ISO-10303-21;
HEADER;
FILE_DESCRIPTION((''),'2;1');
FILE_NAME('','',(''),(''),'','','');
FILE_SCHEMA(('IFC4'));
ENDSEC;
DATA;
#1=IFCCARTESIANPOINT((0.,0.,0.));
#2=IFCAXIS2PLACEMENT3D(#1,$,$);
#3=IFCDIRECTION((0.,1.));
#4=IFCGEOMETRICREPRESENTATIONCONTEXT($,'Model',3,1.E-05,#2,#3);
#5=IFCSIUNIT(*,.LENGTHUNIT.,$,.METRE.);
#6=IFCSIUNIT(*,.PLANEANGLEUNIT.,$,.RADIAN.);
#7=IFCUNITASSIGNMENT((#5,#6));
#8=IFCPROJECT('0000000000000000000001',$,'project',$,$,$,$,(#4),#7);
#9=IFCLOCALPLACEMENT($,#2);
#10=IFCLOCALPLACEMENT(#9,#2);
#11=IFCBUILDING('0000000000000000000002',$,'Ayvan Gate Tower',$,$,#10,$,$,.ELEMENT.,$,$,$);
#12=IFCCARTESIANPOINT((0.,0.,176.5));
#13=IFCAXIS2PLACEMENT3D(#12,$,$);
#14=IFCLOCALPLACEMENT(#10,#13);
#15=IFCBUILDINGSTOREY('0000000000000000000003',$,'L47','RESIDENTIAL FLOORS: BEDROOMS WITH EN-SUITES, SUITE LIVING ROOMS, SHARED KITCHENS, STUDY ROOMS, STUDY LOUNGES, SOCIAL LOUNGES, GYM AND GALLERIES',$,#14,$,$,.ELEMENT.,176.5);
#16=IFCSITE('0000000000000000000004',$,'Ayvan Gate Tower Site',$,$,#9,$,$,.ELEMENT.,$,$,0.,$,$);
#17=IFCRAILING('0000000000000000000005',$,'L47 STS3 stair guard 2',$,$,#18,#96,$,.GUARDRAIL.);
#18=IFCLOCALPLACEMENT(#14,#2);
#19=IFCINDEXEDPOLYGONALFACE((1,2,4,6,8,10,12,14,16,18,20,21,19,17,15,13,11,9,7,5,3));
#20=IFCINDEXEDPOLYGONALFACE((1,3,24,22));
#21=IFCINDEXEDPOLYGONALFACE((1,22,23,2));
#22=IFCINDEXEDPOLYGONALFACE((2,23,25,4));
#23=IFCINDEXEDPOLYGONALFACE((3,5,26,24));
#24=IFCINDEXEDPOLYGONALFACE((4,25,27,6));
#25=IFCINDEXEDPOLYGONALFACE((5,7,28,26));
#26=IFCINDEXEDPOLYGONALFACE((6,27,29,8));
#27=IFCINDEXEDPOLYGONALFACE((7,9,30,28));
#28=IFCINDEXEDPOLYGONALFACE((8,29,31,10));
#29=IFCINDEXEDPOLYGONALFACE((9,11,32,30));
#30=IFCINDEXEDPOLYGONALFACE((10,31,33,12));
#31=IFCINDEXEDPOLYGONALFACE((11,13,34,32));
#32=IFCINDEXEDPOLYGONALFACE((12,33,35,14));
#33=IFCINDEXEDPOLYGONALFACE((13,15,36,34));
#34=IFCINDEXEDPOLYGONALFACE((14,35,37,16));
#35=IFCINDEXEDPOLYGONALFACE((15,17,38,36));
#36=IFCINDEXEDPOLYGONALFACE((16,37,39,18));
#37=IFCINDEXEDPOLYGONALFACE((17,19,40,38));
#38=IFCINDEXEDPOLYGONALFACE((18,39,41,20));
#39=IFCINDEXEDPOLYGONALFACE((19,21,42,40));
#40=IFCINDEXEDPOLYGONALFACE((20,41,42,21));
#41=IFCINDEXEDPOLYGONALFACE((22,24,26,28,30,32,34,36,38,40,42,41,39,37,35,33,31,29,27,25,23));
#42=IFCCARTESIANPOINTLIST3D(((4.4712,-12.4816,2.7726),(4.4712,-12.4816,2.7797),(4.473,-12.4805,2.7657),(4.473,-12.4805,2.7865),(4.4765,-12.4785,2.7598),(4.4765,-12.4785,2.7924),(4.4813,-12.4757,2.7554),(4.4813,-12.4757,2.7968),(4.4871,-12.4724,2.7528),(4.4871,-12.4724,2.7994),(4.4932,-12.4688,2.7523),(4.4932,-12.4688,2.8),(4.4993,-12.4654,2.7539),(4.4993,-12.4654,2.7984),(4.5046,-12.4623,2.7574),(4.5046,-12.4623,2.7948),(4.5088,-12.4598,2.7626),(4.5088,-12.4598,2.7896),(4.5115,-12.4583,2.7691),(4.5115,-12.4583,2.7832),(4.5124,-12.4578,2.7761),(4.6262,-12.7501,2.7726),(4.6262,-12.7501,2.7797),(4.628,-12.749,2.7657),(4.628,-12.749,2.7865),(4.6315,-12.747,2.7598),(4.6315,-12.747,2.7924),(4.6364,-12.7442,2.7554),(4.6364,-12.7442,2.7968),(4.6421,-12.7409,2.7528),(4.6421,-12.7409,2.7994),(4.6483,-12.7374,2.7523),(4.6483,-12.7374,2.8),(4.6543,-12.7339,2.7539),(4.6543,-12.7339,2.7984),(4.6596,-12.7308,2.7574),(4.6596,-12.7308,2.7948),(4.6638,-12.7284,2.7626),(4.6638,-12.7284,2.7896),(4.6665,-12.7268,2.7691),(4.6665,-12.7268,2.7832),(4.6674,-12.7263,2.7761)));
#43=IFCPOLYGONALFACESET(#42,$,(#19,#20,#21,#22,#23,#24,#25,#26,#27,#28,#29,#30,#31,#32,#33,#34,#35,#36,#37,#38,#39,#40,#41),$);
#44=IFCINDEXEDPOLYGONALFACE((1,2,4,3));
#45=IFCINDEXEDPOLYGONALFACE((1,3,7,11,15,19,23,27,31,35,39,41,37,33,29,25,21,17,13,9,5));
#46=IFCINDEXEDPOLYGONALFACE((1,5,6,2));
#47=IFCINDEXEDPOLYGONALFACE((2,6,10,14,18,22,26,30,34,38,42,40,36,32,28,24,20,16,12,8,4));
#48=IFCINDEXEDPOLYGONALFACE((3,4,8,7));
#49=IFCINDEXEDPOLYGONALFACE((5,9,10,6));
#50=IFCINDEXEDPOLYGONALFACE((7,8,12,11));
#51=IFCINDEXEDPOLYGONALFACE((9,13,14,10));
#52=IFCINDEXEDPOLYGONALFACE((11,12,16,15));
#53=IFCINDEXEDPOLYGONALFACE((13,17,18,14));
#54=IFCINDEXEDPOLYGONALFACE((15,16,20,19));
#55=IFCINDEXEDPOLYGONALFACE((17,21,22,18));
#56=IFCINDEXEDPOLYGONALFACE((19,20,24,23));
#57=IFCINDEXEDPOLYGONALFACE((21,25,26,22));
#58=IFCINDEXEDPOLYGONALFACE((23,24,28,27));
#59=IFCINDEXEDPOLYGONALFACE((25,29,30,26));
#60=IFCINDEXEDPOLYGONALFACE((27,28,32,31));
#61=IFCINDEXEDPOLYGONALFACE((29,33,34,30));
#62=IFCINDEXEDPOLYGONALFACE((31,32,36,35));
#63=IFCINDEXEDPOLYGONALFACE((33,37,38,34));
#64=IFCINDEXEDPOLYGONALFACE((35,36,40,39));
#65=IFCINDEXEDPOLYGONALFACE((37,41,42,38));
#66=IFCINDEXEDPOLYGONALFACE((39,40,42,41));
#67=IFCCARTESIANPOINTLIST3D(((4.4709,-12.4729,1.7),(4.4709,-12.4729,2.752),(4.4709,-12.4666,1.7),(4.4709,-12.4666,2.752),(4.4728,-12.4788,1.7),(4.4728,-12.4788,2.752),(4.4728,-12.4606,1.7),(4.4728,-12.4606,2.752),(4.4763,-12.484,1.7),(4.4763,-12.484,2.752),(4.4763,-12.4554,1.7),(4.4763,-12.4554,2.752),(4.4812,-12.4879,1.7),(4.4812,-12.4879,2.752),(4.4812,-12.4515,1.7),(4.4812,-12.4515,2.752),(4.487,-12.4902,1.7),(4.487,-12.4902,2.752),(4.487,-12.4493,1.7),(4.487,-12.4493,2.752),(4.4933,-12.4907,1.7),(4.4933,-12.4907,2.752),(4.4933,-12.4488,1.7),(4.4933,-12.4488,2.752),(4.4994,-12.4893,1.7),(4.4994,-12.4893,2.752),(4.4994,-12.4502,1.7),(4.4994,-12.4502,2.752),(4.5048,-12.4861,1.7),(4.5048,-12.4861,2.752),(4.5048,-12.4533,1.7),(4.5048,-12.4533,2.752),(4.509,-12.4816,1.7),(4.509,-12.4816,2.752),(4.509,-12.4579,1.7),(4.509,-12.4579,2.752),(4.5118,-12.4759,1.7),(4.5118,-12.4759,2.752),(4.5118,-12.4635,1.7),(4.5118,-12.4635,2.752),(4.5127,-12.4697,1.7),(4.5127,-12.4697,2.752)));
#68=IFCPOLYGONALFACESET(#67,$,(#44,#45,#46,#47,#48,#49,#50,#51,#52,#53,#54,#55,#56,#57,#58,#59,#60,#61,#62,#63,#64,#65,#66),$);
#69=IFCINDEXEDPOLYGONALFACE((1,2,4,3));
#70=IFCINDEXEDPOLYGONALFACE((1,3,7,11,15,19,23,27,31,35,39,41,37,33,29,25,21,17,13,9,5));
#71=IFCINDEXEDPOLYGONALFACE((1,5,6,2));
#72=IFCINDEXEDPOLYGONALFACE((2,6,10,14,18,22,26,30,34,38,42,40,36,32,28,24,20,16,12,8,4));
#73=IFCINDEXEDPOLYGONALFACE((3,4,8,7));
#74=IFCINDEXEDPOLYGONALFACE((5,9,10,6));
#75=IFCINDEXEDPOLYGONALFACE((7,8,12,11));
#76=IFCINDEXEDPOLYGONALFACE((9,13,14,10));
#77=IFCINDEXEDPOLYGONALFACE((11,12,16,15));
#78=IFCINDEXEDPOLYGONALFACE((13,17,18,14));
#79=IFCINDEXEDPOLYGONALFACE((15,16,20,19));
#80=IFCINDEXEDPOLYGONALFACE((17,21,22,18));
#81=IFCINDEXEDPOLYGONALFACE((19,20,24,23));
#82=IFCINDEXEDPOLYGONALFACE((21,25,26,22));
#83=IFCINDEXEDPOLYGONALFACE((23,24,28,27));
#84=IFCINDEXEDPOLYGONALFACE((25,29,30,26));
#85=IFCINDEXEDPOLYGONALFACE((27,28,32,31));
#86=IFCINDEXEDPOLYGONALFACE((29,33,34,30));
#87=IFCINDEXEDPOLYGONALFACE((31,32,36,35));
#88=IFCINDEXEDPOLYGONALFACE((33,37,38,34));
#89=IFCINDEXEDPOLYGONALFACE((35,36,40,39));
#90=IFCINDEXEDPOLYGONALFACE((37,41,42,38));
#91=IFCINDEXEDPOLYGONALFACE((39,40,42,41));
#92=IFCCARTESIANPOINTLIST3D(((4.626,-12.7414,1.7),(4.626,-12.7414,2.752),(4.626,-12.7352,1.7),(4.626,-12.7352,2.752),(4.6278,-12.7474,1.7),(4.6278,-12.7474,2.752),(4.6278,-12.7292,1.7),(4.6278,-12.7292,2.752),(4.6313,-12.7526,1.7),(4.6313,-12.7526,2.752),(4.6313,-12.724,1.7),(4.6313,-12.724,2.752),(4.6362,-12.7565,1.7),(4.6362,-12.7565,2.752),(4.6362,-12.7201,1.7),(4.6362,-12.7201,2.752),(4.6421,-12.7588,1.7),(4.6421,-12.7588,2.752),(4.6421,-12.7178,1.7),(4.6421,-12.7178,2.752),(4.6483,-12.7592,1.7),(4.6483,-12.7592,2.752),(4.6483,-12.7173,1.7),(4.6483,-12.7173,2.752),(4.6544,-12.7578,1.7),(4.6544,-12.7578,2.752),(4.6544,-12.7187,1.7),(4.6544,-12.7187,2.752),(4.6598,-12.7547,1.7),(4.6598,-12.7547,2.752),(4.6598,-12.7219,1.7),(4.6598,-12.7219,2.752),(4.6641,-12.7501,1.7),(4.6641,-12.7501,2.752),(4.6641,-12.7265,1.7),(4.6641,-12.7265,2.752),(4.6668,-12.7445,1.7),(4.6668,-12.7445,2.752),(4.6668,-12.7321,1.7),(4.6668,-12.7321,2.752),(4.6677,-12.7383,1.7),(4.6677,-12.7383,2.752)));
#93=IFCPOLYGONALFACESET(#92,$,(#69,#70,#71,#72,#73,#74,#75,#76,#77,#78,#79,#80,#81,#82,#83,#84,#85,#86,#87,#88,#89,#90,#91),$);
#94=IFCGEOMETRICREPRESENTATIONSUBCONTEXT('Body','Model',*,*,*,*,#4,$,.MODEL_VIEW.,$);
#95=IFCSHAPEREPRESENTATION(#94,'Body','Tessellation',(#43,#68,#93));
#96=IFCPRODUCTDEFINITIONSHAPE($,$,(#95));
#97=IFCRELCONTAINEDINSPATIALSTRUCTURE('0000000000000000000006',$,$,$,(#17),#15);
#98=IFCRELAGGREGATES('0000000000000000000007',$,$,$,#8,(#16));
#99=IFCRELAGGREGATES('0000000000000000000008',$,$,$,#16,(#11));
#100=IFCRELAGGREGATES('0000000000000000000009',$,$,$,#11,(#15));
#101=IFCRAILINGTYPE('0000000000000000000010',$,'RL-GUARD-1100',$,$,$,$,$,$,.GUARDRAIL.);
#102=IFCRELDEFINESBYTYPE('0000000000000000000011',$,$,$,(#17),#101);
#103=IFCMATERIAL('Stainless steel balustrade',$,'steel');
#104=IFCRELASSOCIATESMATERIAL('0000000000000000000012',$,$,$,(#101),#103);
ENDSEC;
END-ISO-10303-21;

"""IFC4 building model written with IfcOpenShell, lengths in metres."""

from ifc_helpers import new_model, si_unit, direction, frame, origin, origin_2d, place, context, subcontext, project, spatial, circle, extrude, material, type_object, element, save


model = new_model("IFC4")

# Units and contexts
model_context = context("Model", 3, precision=1e-05, world=origin(), true_north=direction((0.0, 1.0)))
body_context = subcontext(model_context, "Body", "Model", "MODEL_VIEW")
ifc_project = project(units=[si_unit("LENGTHUNIT", "METRE"), si_unit("PLANEANGLEUNIT", "RADIAN")], contexts=[model_context])

# Site, building, storey
site_placement = place(None, origin())
site = spatial("IfcSite", under=ifc_project, at=site_placement, Name="Ayvan Gate Tower Site", CompositionType="ELEMENT", RefElevation=0.0)
building_placement = place(site_placement, origin())
building = spatial("IfcBuilding", under=site, at=building_placement, Name="Ayvan Gate Tower", CompositionType="ELEMENT")
storey_placement = place(building_placement, frame((0.0, 0.0, 176.5)))
storey = spatial("IfcBuildingStorey", under=building, at=storey_placement, Name="L47", Description="RESIDENTIAL FLOORS: BEDROOMS WITH EN-SUITES, SUITE LIVING ROOMS, SHARED KITCHENS, STUDY ROOMS, STUDY LOUNGES, SOCIAL LOUNGES, GYM AND GALLERIES", CompositionType="ELEMENT", Elevation=176.5)

# Railing
ifc_material_1 = material(Name="Stainless steel balustrade", Category="steel")
railing_type_1 = type_object("IfcRailingType", Name="RL-GUARD-1100", PredefinedType="GUARDRAIL", material=ifc_material_1)
railing_1_placement = place(storey_placement, frame((4.4917, -12.4697, 1.7)))
element("IfcRailing", 1, at=railing_1_placement, inside=storey, type_object=railing_type_1, Name="L47 STS3 stair guard 2", PredefinedType="GUARDRAIL", context=body_context, shape_type="SweptSolid", body=[
    extrude(circle(Radius=0.0239, at=origin_2d()), frame((0.0, 0.0, 1.0762), z_axis=(0.49995, -0.866054, 0.0), x_axis=(0.866054, 0.49995, 0.0)), (0.0, 0.0, 1.0), 0.3101),
    extrude(circle(Radius=0.021, at=origin_2d()), origin(), (0.0, 0.0, 1.0), 1.052),
    extrude(circle(Radius=0.021, at=origin_2d()), frame((0.155, -0.2686, 0.0)), (0.0, 0.0, 1.0), 1.052),
])

save(model, "model.ifc")
